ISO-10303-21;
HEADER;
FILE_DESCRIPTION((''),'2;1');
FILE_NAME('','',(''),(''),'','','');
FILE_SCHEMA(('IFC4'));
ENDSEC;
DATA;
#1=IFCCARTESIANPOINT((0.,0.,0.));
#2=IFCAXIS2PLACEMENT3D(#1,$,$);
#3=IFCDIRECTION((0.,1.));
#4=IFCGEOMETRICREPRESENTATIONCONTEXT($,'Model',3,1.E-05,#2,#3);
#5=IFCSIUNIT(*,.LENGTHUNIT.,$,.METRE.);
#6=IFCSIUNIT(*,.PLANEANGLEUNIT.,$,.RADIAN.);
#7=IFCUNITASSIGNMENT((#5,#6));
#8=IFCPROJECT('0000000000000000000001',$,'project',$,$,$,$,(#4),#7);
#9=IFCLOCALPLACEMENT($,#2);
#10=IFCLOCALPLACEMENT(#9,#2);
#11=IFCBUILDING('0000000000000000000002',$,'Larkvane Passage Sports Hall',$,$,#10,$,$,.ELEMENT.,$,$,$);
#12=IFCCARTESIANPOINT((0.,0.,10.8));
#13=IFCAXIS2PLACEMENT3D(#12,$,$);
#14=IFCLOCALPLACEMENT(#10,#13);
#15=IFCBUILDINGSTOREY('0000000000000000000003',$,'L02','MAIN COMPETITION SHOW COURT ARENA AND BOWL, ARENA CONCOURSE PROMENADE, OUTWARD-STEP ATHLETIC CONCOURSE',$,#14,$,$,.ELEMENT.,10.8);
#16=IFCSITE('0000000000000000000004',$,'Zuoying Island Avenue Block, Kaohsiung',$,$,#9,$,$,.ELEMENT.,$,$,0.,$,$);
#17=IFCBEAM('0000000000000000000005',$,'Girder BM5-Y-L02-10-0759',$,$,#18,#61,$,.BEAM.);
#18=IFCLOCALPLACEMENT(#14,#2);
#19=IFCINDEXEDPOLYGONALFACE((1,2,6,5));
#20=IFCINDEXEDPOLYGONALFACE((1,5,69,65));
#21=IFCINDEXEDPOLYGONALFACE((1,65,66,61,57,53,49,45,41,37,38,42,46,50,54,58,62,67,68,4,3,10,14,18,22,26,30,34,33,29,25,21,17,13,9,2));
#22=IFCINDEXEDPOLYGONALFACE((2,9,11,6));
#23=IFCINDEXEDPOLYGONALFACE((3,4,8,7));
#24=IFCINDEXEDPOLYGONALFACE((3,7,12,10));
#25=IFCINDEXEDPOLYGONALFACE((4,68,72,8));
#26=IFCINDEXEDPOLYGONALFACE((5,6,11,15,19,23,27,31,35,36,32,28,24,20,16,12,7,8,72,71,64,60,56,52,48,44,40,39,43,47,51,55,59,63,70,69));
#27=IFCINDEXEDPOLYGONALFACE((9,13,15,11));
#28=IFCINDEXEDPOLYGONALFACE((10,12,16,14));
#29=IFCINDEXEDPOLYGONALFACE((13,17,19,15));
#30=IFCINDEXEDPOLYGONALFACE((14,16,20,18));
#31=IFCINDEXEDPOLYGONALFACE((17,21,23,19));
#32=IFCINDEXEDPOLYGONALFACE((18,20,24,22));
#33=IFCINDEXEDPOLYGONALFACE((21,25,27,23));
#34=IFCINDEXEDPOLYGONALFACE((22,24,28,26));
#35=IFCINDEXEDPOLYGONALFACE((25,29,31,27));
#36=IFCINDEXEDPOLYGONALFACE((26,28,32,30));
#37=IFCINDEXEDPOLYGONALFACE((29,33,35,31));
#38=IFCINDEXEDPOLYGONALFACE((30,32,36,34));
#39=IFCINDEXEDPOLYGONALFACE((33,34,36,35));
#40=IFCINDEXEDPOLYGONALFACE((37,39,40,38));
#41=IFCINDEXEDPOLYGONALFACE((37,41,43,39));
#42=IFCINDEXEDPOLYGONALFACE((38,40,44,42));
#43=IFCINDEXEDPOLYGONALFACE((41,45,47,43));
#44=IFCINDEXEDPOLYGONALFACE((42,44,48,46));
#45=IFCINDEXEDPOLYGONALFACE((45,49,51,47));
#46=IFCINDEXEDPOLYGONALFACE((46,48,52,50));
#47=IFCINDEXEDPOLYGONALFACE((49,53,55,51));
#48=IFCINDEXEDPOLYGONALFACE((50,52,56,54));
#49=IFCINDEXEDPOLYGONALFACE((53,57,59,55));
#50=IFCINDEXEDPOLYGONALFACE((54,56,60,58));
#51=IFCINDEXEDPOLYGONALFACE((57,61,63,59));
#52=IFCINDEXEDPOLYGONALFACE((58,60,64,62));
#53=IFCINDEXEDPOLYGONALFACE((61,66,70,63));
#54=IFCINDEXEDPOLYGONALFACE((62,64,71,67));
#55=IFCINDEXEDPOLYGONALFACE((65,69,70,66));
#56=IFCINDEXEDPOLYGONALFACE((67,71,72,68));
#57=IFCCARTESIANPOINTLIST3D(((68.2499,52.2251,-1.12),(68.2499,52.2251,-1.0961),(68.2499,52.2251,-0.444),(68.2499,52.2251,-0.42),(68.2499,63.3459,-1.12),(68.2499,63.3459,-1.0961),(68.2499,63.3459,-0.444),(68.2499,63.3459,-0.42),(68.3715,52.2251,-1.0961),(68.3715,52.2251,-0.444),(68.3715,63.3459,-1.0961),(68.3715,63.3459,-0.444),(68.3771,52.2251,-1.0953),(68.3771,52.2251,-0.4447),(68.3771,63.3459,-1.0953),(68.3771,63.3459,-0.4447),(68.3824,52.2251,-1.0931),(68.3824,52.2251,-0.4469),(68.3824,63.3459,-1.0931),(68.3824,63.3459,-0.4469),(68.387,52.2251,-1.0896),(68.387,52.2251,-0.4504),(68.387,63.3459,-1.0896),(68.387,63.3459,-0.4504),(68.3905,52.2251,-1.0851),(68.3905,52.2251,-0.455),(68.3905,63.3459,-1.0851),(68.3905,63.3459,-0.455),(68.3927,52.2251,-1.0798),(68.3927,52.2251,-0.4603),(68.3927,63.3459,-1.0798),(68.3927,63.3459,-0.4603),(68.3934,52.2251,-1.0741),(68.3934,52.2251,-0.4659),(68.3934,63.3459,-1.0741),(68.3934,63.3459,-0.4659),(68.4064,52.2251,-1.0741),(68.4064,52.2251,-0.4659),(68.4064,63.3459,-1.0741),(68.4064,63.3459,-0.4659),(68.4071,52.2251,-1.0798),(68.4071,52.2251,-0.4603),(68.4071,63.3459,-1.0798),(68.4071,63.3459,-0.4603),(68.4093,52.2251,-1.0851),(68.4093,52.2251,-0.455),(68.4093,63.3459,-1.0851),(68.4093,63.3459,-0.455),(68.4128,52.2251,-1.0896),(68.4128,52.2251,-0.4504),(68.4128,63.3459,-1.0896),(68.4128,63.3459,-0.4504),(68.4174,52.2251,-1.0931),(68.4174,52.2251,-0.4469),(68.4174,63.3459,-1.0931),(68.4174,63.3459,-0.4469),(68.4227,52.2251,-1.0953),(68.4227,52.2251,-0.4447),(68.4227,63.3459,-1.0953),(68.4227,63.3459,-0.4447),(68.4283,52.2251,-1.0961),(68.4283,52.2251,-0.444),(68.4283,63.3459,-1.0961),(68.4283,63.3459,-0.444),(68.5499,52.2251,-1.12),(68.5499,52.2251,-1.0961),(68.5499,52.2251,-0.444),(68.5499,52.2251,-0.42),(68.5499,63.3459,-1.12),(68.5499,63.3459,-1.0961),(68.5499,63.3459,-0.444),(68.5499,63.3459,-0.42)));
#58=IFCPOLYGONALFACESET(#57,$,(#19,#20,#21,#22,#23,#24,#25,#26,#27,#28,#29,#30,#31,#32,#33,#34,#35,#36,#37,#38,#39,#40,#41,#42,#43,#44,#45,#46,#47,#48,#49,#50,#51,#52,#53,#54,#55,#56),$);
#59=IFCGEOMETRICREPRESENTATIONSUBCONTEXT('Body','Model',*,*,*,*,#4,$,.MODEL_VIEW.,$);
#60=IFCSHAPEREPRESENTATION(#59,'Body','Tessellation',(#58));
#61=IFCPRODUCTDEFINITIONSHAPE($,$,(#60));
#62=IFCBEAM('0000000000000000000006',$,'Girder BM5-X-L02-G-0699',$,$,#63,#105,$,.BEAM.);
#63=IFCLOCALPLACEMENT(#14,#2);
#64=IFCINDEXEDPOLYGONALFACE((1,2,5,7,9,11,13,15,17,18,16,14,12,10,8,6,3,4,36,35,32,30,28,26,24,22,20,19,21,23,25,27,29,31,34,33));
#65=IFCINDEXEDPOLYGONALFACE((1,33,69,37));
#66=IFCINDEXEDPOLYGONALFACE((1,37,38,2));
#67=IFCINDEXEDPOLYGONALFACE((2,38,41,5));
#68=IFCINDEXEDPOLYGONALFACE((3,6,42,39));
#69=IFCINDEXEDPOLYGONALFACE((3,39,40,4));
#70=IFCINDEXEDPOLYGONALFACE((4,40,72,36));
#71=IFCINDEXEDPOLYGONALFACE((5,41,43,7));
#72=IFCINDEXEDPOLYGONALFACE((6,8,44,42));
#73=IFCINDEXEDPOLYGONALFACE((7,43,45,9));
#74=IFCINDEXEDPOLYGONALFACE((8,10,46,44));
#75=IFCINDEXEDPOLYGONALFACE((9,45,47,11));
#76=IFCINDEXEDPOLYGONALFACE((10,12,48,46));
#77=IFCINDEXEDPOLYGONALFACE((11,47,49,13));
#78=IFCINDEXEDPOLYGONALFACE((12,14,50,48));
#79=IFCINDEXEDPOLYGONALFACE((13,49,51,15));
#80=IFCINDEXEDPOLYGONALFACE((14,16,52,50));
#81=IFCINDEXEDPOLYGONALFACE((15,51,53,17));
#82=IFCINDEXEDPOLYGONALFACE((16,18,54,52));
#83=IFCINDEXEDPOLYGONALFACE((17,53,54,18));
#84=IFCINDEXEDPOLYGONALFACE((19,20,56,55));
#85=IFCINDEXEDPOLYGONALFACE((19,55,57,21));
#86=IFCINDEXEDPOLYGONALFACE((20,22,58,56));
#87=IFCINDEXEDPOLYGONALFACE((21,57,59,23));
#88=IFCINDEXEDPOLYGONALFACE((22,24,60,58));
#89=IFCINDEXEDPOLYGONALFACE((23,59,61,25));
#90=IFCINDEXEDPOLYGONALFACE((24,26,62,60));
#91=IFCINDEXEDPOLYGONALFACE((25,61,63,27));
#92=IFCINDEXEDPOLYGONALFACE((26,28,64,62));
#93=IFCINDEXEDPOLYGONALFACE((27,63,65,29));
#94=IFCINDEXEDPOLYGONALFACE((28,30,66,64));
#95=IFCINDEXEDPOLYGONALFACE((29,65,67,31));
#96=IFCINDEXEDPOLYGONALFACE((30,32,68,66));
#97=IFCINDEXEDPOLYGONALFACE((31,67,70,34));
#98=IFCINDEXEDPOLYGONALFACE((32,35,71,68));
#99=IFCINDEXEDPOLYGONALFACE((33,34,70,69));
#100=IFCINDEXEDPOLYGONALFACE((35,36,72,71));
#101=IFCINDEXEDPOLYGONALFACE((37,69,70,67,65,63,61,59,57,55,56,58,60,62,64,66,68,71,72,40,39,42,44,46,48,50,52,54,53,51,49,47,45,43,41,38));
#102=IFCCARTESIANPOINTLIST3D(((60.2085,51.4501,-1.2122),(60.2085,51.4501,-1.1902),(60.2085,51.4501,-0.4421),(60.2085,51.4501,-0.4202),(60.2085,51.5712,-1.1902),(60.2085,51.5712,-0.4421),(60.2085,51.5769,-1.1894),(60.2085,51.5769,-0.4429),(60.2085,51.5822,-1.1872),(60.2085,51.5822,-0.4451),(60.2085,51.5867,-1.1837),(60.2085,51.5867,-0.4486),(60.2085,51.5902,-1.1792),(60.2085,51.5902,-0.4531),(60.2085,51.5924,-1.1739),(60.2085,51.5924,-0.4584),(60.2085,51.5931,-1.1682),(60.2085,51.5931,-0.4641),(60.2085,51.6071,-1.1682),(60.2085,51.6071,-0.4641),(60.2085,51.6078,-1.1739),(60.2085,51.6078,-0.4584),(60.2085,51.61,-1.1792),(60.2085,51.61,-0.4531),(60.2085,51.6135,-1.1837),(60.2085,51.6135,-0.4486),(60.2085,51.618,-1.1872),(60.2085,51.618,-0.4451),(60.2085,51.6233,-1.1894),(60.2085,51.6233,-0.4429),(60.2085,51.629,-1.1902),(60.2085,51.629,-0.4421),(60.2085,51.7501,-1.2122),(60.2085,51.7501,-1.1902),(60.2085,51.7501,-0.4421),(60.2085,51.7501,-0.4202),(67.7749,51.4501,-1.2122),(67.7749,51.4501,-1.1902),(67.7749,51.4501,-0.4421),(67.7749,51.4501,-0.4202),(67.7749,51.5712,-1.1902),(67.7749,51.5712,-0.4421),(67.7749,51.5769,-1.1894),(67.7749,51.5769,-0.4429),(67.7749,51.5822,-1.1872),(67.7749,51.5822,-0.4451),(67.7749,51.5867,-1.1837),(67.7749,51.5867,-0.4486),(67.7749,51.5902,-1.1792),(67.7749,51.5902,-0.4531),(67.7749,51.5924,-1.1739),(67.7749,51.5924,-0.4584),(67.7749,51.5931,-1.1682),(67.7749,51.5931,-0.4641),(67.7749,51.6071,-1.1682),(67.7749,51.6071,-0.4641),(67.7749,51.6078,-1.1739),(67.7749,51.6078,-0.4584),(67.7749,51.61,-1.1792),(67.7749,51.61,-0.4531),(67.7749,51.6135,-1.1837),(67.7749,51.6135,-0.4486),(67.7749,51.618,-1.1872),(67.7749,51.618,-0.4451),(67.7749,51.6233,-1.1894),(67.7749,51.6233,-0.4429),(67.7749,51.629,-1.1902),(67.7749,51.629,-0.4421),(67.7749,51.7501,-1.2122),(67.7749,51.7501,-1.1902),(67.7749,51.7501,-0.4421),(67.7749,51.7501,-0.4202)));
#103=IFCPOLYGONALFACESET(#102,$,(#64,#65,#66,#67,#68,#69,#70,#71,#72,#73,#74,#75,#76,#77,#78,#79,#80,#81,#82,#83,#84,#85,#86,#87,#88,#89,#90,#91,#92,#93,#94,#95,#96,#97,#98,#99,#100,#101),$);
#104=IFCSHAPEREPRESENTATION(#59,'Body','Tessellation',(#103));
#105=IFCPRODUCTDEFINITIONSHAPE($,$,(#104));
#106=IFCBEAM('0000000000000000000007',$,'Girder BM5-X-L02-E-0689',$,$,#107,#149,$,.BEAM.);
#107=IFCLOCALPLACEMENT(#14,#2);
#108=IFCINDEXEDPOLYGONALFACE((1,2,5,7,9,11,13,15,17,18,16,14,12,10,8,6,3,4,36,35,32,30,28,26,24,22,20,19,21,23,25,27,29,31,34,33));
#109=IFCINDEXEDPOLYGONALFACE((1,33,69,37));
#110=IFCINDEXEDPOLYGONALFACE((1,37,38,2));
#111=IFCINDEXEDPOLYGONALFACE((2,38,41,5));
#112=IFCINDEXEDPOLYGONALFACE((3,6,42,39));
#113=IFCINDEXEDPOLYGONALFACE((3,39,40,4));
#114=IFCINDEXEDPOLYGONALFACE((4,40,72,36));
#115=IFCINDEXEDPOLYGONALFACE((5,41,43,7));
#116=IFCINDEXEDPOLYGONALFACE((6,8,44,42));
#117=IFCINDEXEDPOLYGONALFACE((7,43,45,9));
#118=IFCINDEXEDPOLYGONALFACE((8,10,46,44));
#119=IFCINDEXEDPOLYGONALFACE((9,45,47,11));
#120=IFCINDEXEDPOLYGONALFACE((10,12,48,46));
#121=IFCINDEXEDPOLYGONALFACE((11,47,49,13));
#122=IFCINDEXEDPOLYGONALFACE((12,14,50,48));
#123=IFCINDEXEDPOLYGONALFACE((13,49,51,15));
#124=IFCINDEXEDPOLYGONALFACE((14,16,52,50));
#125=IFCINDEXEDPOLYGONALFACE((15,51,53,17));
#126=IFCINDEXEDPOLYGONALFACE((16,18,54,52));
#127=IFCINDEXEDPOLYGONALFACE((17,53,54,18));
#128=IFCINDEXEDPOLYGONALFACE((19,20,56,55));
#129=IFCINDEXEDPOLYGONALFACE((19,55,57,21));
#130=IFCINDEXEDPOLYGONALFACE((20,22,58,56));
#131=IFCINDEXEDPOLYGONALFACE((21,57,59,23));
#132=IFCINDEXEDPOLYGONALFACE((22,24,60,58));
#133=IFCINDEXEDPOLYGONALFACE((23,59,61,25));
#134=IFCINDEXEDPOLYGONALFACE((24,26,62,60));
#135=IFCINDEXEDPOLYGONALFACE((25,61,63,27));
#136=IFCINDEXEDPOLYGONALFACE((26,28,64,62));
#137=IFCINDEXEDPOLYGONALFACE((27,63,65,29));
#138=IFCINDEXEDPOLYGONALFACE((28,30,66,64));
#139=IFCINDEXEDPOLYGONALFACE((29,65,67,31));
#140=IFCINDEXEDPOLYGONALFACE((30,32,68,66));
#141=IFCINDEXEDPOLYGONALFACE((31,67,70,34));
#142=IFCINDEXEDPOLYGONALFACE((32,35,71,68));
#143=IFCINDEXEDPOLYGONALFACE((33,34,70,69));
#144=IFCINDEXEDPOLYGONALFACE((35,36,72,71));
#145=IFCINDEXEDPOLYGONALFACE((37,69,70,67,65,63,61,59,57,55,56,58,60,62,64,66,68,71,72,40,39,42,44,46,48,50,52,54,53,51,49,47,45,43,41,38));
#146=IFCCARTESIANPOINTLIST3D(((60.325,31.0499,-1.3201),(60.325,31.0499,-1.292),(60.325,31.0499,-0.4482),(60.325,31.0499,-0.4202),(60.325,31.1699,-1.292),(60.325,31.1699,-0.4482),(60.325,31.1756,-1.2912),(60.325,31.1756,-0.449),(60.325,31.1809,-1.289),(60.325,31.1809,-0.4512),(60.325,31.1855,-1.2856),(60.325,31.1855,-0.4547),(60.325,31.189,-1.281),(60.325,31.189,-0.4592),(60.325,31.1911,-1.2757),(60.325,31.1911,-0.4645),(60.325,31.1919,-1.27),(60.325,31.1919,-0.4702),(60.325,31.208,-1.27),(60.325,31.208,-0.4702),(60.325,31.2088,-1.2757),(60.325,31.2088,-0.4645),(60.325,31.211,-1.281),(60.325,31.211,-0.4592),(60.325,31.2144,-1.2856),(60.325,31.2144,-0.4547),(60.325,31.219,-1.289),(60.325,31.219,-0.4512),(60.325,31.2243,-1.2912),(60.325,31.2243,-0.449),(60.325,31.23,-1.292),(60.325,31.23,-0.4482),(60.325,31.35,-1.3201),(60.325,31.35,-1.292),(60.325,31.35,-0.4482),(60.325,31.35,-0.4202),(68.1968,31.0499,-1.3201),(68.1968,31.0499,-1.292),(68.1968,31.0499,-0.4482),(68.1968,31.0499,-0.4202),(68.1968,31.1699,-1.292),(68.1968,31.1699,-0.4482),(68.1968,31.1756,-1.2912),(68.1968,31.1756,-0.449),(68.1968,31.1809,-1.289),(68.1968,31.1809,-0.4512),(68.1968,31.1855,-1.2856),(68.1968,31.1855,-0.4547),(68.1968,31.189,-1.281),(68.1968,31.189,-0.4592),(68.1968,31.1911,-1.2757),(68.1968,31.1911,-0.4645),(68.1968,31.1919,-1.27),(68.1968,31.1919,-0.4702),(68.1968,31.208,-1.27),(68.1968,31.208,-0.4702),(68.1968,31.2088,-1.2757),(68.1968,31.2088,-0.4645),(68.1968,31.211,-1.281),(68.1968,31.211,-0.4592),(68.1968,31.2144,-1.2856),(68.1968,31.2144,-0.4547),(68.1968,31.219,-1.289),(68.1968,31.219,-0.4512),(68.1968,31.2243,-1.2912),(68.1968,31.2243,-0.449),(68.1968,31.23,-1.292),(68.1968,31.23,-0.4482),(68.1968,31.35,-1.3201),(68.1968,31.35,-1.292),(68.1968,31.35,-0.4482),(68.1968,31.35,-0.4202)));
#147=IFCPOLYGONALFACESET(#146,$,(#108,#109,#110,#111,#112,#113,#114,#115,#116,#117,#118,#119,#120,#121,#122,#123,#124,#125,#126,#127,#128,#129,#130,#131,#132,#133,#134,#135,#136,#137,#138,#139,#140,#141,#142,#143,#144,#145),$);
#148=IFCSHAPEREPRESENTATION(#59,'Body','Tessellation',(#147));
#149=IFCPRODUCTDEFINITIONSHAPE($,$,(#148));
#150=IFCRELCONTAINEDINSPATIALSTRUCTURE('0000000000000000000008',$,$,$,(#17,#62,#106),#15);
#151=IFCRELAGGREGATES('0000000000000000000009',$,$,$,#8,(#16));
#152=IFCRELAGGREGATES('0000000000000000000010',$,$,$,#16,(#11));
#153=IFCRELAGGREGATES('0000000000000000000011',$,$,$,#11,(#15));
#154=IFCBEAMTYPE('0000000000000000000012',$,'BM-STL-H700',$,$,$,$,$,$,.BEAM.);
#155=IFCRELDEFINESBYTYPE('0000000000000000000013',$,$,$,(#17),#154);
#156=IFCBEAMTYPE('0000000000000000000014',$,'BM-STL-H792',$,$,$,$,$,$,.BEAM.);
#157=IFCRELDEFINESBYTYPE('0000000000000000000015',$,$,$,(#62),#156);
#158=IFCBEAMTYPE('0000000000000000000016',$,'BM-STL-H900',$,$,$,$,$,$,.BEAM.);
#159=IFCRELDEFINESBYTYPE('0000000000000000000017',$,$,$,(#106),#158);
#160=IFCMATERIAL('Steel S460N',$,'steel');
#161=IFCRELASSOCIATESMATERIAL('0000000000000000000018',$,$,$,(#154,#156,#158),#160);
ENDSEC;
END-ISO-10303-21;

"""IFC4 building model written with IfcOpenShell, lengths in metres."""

from ifc_helpers import new_model, si_unit, direction, frame, origin, origin_2d, place, context, subcontext, project, spatial, i_section, extrude, material, material_profile, profile_set, type_object, element, save


model = new_model("IFC4")

# Units and contexts
model_context = context("Model", 3, precision=1e-05, world=origin(), true_north=direction((0.0, 1.0)))
body_context = subcontext(model_context, "Body", "Model", "MODEL_VIEW")
ifc_project = project(units=[si_unit("LENGTHUNIT", "METRE"), si_unit("PLANEANGLEUNIT", "RADIAN")], contexts=[model_context])

# Site, building, storey
site_placement = place(None, origin())
site = spatial("IfcSite", under=ifc_project, at=site_placement, Name="Zuoying Island Avenue Block, Kaohsiung", CompositionType="ELEMENT", RefElevation=0.0)
building_placement = place(site_placement, origin())
building = spatial("IfcBuilding", under=site, at=building_placement, Name="Larkvane Passage Sports Hall", CompositionType="ELEMENT")
storey_placement = place(building_placement, frame((0.0, 0.0, 10.8)))
storey = spatial("IfcBuildingStorey", under=building, at=storey_placement, Name="L02", Description="MAIN COMPETITION SHOW COURT ARENA AND BOWL, ARENA CONCOURSE PROMENADE, OUTWARD-STEP ATHLETIC CONCOURSE", CompositionType="ELEMENT", Elevation=10.8)

# Beams
ifc_material_1 = material(Name="Steel S460N", Category="steel")
ifc_material_profile_1 = material_profile(ifc_material_1, i_section(OverallWidth=0.3, OverallDepth=0.7, WebThickness=0.0129, FlangeThickness=0.0239, FilletRadius=0.022, at=origin_2d()), Name="H-700x300x13x24")
ifc_profile_set_1 = profile_set([ifc_material_profile_1], Name="Steel S460N")
beam_type_1 = type_object("IfcBeamType", Name="BM-STL-H700", PredefinedType="BEAM", material=ifc_profile_set_1)
beam_1_placement = place(storey_placement, frame((68.3999, 52.2251, -0.77), z_axis=(0.0, 1.0, 0.0), x_axis=(-1.0, 0.0, 0.0)))
element("IfcBeam", 1, at=beam_1_placement, inside=storey, type_object=beam_type_1, Name="Girder BM5-Y-L02-10-0759", PredefinedType="BEAM", context=body_context, shape_type="SweptSolid", body=[
    extrude(i_section(OverallWidth=0.3, OverallDepth=0.7, WebThickness=0.0129, FlangeThickness=0.0239, FilletRadius=0.022, at=origin_2d()), origin(), (0.0, 0.0, 1.0), 11.1208),
])
ifc_material_profile_2 = material_profile(ifc_material_1, i_section(OverallWidth=0.3, OverallDepth=0.792, WebThickness=0.0139, FlangeThickness=0.022, FilletRadius=0.022, at=origin_2d()), Name="H-792x300x14x22")
ifc_profile_set_2 = profile_set([ifc_material_profile_2], Name="Steel S460N")
beam_type_2 = type_object("IfcBeamType", Name="BM-STL-H792", PredefinedType="BEAM", material=ifc_profile_set_2)
beam_2_placement = place(storey_placement, frame((60.2085, 51.6001, -0.8162), z_axis=(1.0, 0.0, 0.0), x_axis=(0.0, 1.0, 0.0)))
element("IfcBeam", 2, at=beam_2_placement, inside=storey, type_object=beam_type_2, Name="Girder BM5-X-L02-G-0699", PredefinedType="BEAM", context=body_context, shape_type="SweptSolid", body=[
    extrude(i_section(OverallWidth=0.3, OverallDepth=0.792, WebThickness=0.0139, FlangeThickness=0.022, FilletRadius=0.022, at=origin_2d()), origin(), (0.0, 0.0, 1.0), 7.5664),
])
ifc_material_profile_3 = material_profile(ifc_material_1, i_section(OverallWidth=0.3, OverallDepth=0.8999, WebThickness=0.0161, FlangeThickness=0.0281, FilletRadius=0.022, at=origin_2d()), Name="H-900x300x16x28")
ifc_profile_set_3 = profile_set([ifc_material_profile_3], Name="Steel S460N")
beam_type_3 = type_object("IfcBeamType", Name="BM-STL-H900", PredefinedType="BEAM", material=ifc_profile_set_3)
beam_3_placement = place(storey_placement, frame((60.325, 31.2, -0.8701), z_axis=(1.0, 0.0, 0.0), x_axis=(0.0, 1.0, 0.0)))
element("IfcBeam", 3, at=beam_3_placement, inside=storey, type_object=beam_type_3, Name="Girder BM5-X-L02-E-0689", PredefinedType="BEAM", context=body_context, shape_type="SweptSolid", body=[
    extrude(i_section(OverallWidth=0.3, OverallDepth=0.8999, WebThickness=0.0161, FlangeThickness=0.0281, FilletRadius=0.022, at=origin_2d()), origin(), (0.0, 0.0, 1.0), 7.8718),
])

save(model, "model.ifc")
